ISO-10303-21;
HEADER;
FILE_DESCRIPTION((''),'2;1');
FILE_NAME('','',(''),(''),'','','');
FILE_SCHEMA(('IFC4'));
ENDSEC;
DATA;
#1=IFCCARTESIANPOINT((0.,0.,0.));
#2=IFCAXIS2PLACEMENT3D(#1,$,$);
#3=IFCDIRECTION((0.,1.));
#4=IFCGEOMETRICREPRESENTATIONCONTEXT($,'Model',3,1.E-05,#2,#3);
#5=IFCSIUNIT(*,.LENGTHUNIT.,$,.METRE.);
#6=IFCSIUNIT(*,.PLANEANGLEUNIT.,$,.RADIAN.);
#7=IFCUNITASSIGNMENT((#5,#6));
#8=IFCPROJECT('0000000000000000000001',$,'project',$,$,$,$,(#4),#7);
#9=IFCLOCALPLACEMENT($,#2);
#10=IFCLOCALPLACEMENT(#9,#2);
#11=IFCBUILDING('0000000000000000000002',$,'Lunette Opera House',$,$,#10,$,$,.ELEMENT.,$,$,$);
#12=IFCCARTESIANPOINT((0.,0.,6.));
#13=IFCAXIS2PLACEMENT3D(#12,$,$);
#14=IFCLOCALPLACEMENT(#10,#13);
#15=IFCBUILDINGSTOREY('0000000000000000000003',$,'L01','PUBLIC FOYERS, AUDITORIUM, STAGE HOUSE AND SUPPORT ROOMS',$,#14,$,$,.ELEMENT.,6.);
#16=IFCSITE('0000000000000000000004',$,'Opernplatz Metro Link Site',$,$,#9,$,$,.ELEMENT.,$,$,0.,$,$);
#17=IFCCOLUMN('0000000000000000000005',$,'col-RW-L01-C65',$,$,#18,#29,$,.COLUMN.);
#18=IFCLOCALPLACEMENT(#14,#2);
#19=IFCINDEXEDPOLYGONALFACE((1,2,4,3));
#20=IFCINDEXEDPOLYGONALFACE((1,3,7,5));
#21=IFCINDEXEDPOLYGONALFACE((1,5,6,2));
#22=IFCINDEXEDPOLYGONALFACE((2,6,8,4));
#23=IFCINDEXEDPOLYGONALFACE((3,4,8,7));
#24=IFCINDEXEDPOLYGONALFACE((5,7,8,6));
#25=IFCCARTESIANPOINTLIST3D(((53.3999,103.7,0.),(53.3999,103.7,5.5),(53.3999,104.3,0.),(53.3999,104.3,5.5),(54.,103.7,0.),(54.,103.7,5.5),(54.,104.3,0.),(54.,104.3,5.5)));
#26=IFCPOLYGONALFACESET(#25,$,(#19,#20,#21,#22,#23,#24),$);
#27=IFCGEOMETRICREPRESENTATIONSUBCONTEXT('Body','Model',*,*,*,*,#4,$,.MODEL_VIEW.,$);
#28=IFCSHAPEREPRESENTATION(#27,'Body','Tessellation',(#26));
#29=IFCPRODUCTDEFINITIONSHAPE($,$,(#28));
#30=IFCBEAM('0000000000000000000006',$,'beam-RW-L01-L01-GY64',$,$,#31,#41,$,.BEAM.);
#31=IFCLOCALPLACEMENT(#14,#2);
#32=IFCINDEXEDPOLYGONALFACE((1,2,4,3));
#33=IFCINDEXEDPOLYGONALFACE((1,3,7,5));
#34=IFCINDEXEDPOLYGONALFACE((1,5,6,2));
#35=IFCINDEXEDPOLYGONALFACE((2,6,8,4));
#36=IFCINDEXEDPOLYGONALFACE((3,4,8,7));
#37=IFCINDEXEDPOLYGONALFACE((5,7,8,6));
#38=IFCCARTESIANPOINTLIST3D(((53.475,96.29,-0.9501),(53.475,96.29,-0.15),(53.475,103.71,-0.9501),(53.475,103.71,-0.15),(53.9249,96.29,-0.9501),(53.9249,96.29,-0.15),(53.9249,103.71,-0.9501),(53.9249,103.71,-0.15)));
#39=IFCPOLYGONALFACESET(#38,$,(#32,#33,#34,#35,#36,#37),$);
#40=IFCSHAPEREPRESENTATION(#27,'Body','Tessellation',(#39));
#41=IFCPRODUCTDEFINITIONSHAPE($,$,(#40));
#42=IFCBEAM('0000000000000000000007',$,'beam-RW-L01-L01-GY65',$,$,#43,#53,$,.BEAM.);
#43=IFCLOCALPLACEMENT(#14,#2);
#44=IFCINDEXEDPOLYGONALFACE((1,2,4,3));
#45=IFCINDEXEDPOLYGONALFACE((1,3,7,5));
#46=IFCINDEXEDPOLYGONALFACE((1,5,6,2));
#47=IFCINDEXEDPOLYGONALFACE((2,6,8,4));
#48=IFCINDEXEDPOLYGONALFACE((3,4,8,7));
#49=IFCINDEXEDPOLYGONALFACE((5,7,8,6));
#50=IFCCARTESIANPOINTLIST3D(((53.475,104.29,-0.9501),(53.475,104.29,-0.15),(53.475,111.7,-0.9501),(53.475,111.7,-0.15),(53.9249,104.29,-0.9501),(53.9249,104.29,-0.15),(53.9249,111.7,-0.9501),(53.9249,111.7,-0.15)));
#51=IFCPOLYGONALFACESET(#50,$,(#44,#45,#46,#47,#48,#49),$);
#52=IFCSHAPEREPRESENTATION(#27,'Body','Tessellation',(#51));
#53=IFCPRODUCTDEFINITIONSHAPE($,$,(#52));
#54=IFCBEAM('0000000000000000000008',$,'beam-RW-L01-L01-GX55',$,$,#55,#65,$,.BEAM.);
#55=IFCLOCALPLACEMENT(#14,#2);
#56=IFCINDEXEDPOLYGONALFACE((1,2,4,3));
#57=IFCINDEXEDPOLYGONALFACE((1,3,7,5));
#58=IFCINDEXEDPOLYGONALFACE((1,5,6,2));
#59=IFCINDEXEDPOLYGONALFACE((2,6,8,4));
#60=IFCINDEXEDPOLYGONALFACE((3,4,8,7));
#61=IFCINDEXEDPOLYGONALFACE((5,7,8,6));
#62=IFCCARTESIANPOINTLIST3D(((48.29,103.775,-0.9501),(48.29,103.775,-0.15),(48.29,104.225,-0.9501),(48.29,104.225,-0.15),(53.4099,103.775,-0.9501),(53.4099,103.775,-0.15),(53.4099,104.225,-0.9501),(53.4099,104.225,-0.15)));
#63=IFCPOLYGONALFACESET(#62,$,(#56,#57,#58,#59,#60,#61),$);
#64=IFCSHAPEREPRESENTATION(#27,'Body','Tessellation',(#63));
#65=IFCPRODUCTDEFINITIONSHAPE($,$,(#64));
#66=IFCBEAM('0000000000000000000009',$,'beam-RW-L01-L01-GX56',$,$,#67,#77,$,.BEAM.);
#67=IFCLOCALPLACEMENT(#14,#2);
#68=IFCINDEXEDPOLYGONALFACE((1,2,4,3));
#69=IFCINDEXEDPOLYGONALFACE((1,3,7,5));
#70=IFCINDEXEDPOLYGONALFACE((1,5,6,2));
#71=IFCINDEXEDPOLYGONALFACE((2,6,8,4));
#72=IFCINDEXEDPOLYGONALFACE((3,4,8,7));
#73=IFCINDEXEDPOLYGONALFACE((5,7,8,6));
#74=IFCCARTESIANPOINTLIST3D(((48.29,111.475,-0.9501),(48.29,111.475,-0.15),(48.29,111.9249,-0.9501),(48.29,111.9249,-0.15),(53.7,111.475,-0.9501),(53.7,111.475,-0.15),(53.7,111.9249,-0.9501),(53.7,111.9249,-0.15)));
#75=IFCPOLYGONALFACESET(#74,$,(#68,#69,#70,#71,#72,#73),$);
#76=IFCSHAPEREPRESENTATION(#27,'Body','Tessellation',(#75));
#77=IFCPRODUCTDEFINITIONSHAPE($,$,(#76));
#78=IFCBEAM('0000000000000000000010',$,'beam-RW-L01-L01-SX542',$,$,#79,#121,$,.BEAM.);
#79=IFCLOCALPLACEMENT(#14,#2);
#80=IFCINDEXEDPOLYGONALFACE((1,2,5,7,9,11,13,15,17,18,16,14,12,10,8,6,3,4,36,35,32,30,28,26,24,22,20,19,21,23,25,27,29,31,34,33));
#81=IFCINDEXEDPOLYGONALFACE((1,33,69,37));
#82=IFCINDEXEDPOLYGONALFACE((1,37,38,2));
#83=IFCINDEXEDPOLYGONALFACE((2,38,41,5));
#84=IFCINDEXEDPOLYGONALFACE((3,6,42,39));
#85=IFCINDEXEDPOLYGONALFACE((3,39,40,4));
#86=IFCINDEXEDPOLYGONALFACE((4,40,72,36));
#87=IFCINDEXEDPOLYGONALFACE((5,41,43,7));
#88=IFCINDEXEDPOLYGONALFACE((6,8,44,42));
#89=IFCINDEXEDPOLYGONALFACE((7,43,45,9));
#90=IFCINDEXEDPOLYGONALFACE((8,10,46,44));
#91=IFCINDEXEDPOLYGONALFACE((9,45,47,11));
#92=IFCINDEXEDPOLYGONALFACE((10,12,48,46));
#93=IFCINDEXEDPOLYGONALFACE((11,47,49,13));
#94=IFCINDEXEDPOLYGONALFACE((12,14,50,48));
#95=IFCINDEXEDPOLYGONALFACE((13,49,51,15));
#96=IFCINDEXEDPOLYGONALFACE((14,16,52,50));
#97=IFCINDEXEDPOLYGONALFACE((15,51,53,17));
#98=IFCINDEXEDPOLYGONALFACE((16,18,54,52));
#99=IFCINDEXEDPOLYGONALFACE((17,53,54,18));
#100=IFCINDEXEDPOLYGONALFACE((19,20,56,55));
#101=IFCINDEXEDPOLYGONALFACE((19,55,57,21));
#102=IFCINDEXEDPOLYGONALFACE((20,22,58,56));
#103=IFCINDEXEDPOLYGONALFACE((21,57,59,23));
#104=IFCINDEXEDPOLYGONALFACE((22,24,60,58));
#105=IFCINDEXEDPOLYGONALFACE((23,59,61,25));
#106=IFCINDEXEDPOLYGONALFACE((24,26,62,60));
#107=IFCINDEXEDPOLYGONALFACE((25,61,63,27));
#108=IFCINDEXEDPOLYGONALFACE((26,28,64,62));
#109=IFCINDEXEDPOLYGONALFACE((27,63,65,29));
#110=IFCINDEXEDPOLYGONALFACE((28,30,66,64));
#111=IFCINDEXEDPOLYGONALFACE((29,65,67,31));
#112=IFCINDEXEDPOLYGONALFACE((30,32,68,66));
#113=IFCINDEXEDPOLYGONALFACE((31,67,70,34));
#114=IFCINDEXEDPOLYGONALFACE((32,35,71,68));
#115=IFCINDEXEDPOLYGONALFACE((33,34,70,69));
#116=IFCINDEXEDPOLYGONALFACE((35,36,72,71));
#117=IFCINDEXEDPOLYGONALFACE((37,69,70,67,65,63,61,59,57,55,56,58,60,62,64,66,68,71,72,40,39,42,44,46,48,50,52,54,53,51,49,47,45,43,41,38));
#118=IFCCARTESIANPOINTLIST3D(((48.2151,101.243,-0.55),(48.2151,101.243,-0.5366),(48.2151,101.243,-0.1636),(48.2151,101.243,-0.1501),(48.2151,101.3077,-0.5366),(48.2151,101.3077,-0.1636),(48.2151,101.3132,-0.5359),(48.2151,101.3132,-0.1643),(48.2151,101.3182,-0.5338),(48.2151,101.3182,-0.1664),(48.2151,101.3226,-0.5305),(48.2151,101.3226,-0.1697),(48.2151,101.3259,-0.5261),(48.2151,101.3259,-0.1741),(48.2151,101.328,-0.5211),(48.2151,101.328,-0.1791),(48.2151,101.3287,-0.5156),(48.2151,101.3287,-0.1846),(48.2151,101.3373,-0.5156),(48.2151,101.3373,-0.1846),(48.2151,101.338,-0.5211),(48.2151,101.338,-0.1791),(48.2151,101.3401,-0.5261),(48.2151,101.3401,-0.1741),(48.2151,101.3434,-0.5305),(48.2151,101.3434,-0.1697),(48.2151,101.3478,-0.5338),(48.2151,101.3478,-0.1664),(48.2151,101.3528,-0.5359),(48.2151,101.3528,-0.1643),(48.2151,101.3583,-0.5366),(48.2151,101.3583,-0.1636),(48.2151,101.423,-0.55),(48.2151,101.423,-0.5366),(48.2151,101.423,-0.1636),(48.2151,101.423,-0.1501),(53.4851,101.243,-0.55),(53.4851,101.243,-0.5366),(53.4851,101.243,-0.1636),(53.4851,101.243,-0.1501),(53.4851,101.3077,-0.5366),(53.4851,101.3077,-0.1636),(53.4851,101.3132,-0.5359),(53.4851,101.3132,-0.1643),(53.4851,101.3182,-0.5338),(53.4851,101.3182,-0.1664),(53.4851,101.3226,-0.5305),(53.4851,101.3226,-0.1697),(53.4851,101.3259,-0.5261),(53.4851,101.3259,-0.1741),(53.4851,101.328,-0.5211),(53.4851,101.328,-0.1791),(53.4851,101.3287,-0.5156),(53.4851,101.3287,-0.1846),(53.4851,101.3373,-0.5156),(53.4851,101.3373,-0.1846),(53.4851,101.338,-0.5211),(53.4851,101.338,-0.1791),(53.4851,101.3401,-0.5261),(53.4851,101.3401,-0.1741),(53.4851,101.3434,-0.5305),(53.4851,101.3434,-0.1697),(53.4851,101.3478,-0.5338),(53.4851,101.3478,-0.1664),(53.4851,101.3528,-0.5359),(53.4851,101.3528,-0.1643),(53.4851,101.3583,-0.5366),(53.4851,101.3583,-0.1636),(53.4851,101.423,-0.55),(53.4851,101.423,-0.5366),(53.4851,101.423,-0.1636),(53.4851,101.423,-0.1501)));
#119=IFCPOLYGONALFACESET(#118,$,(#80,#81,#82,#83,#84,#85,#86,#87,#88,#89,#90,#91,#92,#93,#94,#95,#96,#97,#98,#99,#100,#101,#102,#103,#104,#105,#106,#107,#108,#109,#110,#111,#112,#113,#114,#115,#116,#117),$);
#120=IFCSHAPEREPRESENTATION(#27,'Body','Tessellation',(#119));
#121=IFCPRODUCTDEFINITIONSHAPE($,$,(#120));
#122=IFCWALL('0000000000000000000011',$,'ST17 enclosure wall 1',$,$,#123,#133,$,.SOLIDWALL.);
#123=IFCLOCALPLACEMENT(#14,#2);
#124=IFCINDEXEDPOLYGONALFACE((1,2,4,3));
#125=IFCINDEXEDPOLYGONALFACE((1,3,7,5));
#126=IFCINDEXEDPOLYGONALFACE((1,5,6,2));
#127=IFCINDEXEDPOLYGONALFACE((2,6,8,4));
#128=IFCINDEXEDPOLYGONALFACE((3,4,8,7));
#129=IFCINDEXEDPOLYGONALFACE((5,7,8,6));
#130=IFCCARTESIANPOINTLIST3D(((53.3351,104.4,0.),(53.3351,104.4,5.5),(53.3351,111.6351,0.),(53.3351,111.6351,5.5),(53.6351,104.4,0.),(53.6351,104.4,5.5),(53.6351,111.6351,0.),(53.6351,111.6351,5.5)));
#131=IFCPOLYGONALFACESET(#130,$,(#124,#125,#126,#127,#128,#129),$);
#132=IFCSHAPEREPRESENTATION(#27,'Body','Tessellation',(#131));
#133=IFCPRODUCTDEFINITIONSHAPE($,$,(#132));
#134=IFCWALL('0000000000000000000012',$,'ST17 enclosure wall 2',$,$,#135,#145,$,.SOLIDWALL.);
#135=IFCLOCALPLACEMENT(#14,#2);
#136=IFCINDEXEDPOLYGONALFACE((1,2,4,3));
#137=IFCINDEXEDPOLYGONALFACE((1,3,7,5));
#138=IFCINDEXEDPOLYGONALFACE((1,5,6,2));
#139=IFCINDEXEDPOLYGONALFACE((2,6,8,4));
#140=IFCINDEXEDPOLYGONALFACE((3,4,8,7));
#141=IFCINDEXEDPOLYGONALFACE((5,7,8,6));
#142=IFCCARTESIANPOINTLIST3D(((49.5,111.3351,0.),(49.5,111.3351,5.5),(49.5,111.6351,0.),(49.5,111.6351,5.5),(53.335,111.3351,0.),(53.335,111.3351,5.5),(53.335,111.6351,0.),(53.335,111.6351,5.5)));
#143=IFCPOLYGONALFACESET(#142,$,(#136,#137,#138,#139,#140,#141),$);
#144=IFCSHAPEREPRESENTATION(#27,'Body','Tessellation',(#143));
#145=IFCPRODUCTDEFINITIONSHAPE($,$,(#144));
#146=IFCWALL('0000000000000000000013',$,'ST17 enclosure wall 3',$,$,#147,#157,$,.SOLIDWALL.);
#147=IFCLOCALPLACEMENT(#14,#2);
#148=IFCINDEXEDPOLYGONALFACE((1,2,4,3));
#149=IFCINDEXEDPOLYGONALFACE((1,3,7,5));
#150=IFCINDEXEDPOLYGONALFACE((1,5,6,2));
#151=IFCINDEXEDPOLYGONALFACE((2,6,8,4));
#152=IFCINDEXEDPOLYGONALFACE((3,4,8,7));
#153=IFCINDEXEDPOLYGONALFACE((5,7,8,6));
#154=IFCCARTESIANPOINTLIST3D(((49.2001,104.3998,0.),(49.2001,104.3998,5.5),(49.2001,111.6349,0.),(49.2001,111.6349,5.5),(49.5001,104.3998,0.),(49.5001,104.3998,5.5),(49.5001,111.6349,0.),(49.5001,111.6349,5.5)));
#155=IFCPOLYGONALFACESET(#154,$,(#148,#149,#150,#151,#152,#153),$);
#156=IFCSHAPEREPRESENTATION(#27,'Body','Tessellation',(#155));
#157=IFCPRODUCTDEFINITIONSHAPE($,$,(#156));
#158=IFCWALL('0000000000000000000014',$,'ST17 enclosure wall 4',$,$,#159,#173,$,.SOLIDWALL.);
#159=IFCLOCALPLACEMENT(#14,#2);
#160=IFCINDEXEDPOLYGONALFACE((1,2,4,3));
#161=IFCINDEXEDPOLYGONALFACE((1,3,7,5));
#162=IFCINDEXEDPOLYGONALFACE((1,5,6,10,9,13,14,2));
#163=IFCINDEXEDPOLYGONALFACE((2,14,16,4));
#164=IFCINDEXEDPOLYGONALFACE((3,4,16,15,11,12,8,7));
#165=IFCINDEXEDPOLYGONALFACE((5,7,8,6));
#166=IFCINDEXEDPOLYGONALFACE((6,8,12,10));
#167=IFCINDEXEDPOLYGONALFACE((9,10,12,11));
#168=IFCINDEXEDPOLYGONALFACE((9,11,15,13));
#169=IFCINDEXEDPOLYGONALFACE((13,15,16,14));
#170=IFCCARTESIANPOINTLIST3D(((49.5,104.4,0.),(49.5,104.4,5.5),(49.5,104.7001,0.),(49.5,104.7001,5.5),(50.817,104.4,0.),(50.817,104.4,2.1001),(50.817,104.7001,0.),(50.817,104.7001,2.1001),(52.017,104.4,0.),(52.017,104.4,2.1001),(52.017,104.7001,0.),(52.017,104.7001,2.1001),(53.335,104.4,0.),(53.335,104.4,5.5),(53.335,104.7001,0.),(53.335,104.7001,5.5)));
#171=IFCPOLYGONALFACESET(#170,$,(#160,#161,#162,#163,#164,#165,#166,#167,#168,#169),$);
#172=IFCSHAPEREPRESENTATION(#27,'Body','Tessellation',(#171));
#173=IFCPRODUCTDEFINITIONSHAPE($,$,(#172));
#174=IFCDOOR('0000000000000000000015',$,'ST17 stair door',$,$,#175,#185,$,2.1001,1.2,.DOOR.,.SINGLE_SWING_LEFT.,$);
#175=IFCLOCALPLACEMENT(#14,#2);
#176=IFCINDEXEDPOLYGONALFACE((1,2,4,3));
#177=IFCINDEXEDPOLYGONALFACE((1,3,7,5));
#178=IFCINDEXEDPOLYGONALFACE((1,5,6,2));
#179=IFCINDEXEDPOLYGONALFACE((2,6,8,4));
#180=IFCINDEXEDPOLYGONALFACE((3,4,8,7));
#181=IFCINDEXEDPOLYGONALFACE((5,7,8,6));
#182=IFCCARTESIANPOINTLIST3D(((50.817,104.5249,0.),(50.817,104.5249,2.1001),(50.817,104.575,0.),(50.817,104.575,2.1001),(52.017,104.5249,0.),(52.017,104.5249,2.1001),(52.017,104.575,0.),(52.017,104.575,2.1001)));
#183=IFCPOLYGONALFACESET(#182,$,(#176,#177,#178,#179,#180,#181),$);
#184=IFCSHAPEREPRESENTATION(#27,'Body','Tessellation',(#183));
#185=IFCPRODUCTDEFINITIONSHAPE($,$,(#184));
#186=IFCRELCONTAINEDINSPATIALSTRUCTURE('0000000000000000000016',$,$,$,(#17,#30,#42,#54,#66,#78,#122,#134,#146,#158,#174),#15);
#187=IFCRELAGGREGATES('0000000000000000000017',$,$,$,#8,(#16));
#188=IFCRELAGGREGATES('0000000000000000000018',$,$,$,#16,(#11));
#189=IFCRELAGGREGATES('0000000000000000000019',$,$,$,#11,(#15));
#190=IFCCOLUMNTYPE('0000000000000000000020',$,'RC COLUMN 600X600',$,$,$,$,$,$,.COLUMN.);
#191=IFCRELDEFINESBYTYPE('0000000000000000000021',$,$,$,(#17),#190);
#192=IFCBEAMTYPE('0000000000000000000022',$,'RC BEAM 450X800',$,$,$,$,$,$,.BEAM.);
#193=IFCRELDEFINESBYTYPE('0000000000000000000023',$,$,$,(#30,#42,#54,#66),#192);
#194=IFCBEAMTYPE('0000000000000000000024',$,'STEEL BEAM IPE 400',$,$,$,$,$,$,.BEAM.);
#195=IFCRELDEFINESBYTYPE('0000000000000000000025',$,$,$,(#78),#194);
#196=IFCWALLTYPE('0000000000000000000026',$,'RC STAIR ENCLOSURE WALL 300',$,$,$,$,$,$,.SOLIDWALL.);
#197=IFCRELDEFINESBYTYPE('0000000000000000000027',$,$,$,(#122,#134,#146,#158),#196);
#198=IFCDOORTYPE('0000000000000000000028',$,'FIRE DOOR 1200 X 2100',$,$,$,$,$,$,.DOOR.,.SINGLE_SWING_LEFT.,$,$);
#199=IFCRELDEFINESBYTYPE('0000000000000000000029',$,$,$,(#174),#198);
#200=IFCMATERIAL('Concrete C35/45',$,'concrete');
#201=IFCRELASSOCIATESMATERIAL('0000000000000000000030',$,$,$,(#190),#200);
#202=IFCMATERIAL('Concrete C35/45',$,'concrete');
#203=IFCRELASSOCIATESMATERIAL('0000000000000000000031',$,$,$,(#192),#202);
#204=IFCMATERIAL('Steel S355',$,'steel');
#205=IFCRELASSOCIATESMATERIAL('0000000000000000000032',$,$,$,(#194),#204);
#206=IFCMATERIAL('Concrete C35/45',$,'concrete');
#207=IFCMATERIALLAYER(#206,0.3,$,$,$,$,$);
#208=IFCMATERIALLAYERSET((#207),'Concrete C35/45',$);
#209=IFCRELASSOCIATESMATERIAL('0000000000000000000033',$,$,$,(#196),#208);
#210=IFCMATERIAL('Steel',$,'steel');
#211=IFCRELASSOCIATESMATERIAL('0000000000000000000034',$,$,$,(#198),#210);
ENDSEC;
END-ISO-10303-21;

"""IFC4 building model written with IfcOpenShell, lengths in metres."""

from ifc_helpers import new_model, si_unit, direction, frame, frame_2d, origin, origin_2d, place, context, subcontext, project, spatial, rectangle, i_section, extrude, material, layer, layer_set, material_profile, profile_set, type_object, element, fill, save


model = new_model("IFC4")

# Units and contexts
model_context = context("Model", 3, precision=1e-05, world=origin(), true_north=direction((0.0, 1.0)))
body_context = subcontext(model_context, "Body", "Model", "MODEL_VIEW")
ifc_project = project(units=[si_unit("LENGTHUNIT", "METRE"), si_unit("PLANEANGLEUNIT", "RADIAN")], contexts=[model_context])

# Site, building, storey
site_placement = place(None, origin())
site = spatial("IfcSite", under=ifc_project, at=site_placement, Name="Opernplatz Metro Link Site", CompositionType="ELEMENT", RefElevation=0.0)
building_placement = place(site_placement, origin())
building = spatial("IfcBuilding", under=site, at=building_placement, Name="Lunette Opera House", CompositionType="ELEMENT")
storey_placement = place(building_placement, frame((0.0, 0.0, 6.0)))
storey = spatial("IfcBuildingStorey", under=building, at=storey_placement, Name="L01", Description="PUBLIC FOYERS, AUDITORIUM, STAGE HOUSE AND SUPPORT ROOMS", CompositionType="ELEMENT", Elevation=6.0)

# Column
ifc_material_1 = material(Name="Concrete C35/45", Category="concrete")
ifc_material_profile_1 = material_profile(ifc_material_1, rectangle(XDim=0.6001, YDim=0.6001, at=origin_2d()), Name="RC COLUMN 600X600")
ifc_profile_set_1 = profile_set([ifc_material_profile_1], Name="Concrete C35/45")
column_type = type_object("IfcColumnType", Name="RC COLUMN 600X600", PredefinedType="COLUMN", material=ifc_profile_set_1)
column_placement = place(storey_placement, frame((53.7, 104.0, 0.0), z_axis=(0.0, 0.0, 1.0), x_axis=(1.0, 0.0, 0.0)))
element("IfcColumn", 1, at=column_placement, inside=storey, type_object=column_type, Name="col-RW-L01-C65", PredefinedType="COLUMN", context=body_context, shape_type="SweptSolid", body=[
    extrude(rectangle(XDim=0.6001, YDim=0.6001, at=origin_2d()), origin(), (0.0, 0.0, 1.0), 5.5),
])

# Beams
ifc_material_2 = material(Name="Concrete C35/45", Category="concrete")
ifc_material_profile_2 = material_profile(ifc_material_2, rectangle(XDim=0.45, YDim=0.8, at=origin_2d()), Name="RC BEAM 450X800")
ifc_profile_set_2 = profile_set([ifc_material_profile_2], Name="Concrete C35/45")
beam_type_1 = type_object("IfcBeamType", Name="RC BEAM 450X800", PredefinedType="BEAM", material=ifc_profile_set_2)
beam_1_placement = place(storey_placement, frame((53.7, 96.29, -0.55), z_axis=(0.0, 1.0, 0.0), x_axis=(-1.0, 0.0, 0.0)))
element("IfcBeam", 2, at=beam_1_placement, inside=storey, type_object=beam_type_1, Name="beam-RW-L01-L01-GY64", PredefinedType="BEAM", context=body_context, shape_type="SweptSolid", body=[
    extrude(rectangle(XDim=0.45, YDim=0.8, at=origin_2d()), origin(), (0.0, 0.0, 1.0), 7.4199),
])
beam_2_placement = place(storey_placement, frame((53.7, 104.29, -0.55), z_axis=(0.0, 1.0, 0.0), x_axis=(-1.0, 0.0, 0.0)))
element("IfcBeam", 3, at=beam_2_placement, inside=storey, type_object=beam_type_1, Name="beam-RW-L01-L01-GY65", PredefinedType="BEAM", context=body_context, shape_type="SweptSolid", body=[
    extrude(rectangle(XDim=0.45, YDim=0.8, at=origin_2d()), origin(), (0.0, 0.0, 1.0), 7.4099),
])
beam_3_placement = place(storey_placement, frame((48.29, 104.0, -0.55), z_axis=(1.0, 0.0, 0.0), x_axis=(0.0, 1.0, 0.0)))
element("IfcBeam", 4, at=beam_3_placement, inside=storey, type_object=beam_type_1, Name="beam-RW-L01-L01-GX55", PredefinedType="BEAM", context=body_context, shape_type="SweptSolid", body=[
    extrude(rectangle(XDim=0.45, YDim=0.8, at=origin_2d()), origin(), (0.0, 0.0, 1.0), 5.1199),
])
beam_4_placement = place(storey_placement, frame((48.29, 111.7, -0.55), z_axis=(1.0, 0.0, 0.0), x_axis=(0.0, 1.0, 0.0)))
element("IfcBeam", 5, at=beam_4_placement, inside=storey, type_object=beam_type_1, Name="beam-RW-L01-L01-GX56", PredefinedType="BEAM", context=body_context, shape_type="SweptSolid", body=[
    extrude(rectangle(XDim=0.45, YDim=0.8, at=origin_2d()), origin(), (0.0, 0.0, 1.0), 5.4099),
])
ifc_material_3 = material(Name="Steel S355", Category="steel")
ifc_material_profile_3 = material_profile(ifc_material_3, i_section(OverallWidth=0.1799, OverallDepth=0.3999, WebThickness=0.0085, FlangeThickness=0.0134, FilletRadius=0.021, at=origin_2d()), Name="IPE 400")
ifc_profile_set_3 = profile_set([ifc_material_profile_3], Name="Steel S355")
beam_type_2 = type_object("IfcBeamType", Name="STEEL BEAM IPE 400", PredefinedType="BEAM", material=ifc_profile_set_3)
beam_5_placement = place(storey_placement, frame((48.2151, 101.333, -0.3501), z_axis=(1.0, 0.0, 0.0), x_axis=(0.0, 1.0, 0.0)))
element("IfcBeam", 6, at=beam_5_placement, inside=storey, type_object=beam_type_2, Name="beam-RW-L01-L01-SX542", PredefinedType="BEAM", context=body_context, shape_type="SweptSolid", body=[
    extrude(i_section(OverallWidth=0.1799, OverallDepth=0.3999, WebThickness=0.0085, FlangeThickness=0.0134, FilletRadius=0.021, at=origin_2d()), origin(), (0.0, 0.0, 1.0), 5.27),
])

# Walls
ifc_material_4 = material(Name="Concrete C35/45", Category="concrete")
ifc_layer_1 = layer(ifc_material_4, 0.3)
ifc_layer_set_1 = layer_set([ifc_layer_1], Name="Concrete C35/45")
wall_type_1 = type_object("IfcWallType", Name="RC STAIR ENCLOSURE WALL 300", PredefinedType="SOLIDWALL", material=ifc_layer_set_1)
wall_1_placement = place(storey_placement, frame((53.4851, 104.3999, 0.0), z_axis=(0.0, 0.0, 1.0), x_axis=(0.0, 1.0, 0.0)))
element("IfcWall", 7, at=wall_1_placement, inside=storey, type_object=wall_type_1, Name="ST17 enclosure wall 1", PredefinedType="SOLIDWALL", context=body_context, shape_type="SweptSolid", body=[
    extrude(rectangle(XDim=7.2351, YDim=0.3, at=frame_2d((3.6177, 0.0))), origin(), (0.0, 0.0, 1.0), 5.5),
])
wall_2_placement = place(storey_placement, frame((53.335, 111.4851, 0.0), z_axis=(0.0, 0.0, 1.0), x_axis=(-1.0, 0.0, 0.0)))
element("IfcWall", 8, at=wall_2_placement, inside=storey, type_object=wall_type_1, Name="ST17 enclosure wall 2", PredefinedType="SOLIDWALL", context=body_context, shape_type="SweptSolid", body=[
    extrude(rectangle(XDim=3.835, YDim=0.3, at=frame_2d((1.9175, 0.0))), origin(), (0.0, 0.0, 1.0), 5.5),
])
wall_3_placement = place(storey_placement, frame((49.3501, 111.635, 0.0), z_axis=(0.0, 0.0, 1.0), x_axis=(0.0, -1.0, 0.0)))
element("IfcWall", 9, at=wall_3_placement, inside=storey, type_object=wall_type_1, Name="ST17 enclosure wall 3", PredefinedType="SOLIDWALL", context=body_context, shape_type="SweptSolid", body=[
    extrude(rectangle(XDim=7.2351, YDim=0.3, at=frame_2d((3.6177, 0.0))), origin(), (0.0, 0.0, 1.0), 5.5),
])

# Wall, opening, door
wall_4_placement = place(storey_placement, frame((49.5, 104.55, 0.0), z_axis=(0.0, 0.0, 1.0), x_axis=(1.0, 0.0, 0.0)))
wall_4 = element("IfcWall", 10, at=wall_4_placement, inside=storey, type_object=wall_type_1, Name="ST17 enclosure wall 4", PredefinedType="SOLIDWALL", context=body_context, shape_type="SweptSolid", body=[
    extrude(rectangle(XDim=3.835, YDim=0.3, at=frame_2d((1.9175, 0.0))), origin(), (0.0, 0.0, 1.0), 5.5),
])
opening_1_placement = place(wall_4_placement, frame((1.3169, 0.0, 0.0)))
opening_1 = element("IfcOpeningElement", 11, at=opening_1_placement, cuts=wall_4, PredefinedType="OPENING", context=body_context, shape_type="SweptSolid", body=[
    extrude(rectangle(XDim=1.2, YDim=2.1001, at=frame_2d((0.6001, 1.05))), frame((0.0, 0.1621, 0.0), z_axis=(0.0, -1.0, 0.0), x_axis=(1.0, 0.0, 0.0)), (0.0, 0.0, 1.0), 0.324),
])
ifc_material_5 = material(Name="Steel", Category="steel")
door_type = type_object("IfcDoorType", Name="FIRE DOOR 1200 X 2100", OperationType="SINGLE_SWING_LEFT", PredefinedType="DOOR", material=ifc_material_5)
door_placement = place(opening_1_placement, origin())
door = element("IfcDoor", 12, at=door_placement, inside=storey, type_object=door_type, Name="ST17 stair door", OperationType="SINGLE_SWING_LEFT", OverallHeight=2.1001, OverallWidth=1.2, PredefinedType="DOOR", context=body_context, shape_type="SweptSolid", body=[
    extrude(rectangle(XDim=1.2, YDim=2.1001, at=frame_2d((0.6001, 1.05))), frame((0.0, 0.0249, 0.0), z_axis=(0.0, -1.0, 0.0), x_axis=(1.0, 0.0, 0.0)), (0.0, 0.0, 1.0), 0.05),
])
fill(opening_1, door)

save(model, "model.ifc")
